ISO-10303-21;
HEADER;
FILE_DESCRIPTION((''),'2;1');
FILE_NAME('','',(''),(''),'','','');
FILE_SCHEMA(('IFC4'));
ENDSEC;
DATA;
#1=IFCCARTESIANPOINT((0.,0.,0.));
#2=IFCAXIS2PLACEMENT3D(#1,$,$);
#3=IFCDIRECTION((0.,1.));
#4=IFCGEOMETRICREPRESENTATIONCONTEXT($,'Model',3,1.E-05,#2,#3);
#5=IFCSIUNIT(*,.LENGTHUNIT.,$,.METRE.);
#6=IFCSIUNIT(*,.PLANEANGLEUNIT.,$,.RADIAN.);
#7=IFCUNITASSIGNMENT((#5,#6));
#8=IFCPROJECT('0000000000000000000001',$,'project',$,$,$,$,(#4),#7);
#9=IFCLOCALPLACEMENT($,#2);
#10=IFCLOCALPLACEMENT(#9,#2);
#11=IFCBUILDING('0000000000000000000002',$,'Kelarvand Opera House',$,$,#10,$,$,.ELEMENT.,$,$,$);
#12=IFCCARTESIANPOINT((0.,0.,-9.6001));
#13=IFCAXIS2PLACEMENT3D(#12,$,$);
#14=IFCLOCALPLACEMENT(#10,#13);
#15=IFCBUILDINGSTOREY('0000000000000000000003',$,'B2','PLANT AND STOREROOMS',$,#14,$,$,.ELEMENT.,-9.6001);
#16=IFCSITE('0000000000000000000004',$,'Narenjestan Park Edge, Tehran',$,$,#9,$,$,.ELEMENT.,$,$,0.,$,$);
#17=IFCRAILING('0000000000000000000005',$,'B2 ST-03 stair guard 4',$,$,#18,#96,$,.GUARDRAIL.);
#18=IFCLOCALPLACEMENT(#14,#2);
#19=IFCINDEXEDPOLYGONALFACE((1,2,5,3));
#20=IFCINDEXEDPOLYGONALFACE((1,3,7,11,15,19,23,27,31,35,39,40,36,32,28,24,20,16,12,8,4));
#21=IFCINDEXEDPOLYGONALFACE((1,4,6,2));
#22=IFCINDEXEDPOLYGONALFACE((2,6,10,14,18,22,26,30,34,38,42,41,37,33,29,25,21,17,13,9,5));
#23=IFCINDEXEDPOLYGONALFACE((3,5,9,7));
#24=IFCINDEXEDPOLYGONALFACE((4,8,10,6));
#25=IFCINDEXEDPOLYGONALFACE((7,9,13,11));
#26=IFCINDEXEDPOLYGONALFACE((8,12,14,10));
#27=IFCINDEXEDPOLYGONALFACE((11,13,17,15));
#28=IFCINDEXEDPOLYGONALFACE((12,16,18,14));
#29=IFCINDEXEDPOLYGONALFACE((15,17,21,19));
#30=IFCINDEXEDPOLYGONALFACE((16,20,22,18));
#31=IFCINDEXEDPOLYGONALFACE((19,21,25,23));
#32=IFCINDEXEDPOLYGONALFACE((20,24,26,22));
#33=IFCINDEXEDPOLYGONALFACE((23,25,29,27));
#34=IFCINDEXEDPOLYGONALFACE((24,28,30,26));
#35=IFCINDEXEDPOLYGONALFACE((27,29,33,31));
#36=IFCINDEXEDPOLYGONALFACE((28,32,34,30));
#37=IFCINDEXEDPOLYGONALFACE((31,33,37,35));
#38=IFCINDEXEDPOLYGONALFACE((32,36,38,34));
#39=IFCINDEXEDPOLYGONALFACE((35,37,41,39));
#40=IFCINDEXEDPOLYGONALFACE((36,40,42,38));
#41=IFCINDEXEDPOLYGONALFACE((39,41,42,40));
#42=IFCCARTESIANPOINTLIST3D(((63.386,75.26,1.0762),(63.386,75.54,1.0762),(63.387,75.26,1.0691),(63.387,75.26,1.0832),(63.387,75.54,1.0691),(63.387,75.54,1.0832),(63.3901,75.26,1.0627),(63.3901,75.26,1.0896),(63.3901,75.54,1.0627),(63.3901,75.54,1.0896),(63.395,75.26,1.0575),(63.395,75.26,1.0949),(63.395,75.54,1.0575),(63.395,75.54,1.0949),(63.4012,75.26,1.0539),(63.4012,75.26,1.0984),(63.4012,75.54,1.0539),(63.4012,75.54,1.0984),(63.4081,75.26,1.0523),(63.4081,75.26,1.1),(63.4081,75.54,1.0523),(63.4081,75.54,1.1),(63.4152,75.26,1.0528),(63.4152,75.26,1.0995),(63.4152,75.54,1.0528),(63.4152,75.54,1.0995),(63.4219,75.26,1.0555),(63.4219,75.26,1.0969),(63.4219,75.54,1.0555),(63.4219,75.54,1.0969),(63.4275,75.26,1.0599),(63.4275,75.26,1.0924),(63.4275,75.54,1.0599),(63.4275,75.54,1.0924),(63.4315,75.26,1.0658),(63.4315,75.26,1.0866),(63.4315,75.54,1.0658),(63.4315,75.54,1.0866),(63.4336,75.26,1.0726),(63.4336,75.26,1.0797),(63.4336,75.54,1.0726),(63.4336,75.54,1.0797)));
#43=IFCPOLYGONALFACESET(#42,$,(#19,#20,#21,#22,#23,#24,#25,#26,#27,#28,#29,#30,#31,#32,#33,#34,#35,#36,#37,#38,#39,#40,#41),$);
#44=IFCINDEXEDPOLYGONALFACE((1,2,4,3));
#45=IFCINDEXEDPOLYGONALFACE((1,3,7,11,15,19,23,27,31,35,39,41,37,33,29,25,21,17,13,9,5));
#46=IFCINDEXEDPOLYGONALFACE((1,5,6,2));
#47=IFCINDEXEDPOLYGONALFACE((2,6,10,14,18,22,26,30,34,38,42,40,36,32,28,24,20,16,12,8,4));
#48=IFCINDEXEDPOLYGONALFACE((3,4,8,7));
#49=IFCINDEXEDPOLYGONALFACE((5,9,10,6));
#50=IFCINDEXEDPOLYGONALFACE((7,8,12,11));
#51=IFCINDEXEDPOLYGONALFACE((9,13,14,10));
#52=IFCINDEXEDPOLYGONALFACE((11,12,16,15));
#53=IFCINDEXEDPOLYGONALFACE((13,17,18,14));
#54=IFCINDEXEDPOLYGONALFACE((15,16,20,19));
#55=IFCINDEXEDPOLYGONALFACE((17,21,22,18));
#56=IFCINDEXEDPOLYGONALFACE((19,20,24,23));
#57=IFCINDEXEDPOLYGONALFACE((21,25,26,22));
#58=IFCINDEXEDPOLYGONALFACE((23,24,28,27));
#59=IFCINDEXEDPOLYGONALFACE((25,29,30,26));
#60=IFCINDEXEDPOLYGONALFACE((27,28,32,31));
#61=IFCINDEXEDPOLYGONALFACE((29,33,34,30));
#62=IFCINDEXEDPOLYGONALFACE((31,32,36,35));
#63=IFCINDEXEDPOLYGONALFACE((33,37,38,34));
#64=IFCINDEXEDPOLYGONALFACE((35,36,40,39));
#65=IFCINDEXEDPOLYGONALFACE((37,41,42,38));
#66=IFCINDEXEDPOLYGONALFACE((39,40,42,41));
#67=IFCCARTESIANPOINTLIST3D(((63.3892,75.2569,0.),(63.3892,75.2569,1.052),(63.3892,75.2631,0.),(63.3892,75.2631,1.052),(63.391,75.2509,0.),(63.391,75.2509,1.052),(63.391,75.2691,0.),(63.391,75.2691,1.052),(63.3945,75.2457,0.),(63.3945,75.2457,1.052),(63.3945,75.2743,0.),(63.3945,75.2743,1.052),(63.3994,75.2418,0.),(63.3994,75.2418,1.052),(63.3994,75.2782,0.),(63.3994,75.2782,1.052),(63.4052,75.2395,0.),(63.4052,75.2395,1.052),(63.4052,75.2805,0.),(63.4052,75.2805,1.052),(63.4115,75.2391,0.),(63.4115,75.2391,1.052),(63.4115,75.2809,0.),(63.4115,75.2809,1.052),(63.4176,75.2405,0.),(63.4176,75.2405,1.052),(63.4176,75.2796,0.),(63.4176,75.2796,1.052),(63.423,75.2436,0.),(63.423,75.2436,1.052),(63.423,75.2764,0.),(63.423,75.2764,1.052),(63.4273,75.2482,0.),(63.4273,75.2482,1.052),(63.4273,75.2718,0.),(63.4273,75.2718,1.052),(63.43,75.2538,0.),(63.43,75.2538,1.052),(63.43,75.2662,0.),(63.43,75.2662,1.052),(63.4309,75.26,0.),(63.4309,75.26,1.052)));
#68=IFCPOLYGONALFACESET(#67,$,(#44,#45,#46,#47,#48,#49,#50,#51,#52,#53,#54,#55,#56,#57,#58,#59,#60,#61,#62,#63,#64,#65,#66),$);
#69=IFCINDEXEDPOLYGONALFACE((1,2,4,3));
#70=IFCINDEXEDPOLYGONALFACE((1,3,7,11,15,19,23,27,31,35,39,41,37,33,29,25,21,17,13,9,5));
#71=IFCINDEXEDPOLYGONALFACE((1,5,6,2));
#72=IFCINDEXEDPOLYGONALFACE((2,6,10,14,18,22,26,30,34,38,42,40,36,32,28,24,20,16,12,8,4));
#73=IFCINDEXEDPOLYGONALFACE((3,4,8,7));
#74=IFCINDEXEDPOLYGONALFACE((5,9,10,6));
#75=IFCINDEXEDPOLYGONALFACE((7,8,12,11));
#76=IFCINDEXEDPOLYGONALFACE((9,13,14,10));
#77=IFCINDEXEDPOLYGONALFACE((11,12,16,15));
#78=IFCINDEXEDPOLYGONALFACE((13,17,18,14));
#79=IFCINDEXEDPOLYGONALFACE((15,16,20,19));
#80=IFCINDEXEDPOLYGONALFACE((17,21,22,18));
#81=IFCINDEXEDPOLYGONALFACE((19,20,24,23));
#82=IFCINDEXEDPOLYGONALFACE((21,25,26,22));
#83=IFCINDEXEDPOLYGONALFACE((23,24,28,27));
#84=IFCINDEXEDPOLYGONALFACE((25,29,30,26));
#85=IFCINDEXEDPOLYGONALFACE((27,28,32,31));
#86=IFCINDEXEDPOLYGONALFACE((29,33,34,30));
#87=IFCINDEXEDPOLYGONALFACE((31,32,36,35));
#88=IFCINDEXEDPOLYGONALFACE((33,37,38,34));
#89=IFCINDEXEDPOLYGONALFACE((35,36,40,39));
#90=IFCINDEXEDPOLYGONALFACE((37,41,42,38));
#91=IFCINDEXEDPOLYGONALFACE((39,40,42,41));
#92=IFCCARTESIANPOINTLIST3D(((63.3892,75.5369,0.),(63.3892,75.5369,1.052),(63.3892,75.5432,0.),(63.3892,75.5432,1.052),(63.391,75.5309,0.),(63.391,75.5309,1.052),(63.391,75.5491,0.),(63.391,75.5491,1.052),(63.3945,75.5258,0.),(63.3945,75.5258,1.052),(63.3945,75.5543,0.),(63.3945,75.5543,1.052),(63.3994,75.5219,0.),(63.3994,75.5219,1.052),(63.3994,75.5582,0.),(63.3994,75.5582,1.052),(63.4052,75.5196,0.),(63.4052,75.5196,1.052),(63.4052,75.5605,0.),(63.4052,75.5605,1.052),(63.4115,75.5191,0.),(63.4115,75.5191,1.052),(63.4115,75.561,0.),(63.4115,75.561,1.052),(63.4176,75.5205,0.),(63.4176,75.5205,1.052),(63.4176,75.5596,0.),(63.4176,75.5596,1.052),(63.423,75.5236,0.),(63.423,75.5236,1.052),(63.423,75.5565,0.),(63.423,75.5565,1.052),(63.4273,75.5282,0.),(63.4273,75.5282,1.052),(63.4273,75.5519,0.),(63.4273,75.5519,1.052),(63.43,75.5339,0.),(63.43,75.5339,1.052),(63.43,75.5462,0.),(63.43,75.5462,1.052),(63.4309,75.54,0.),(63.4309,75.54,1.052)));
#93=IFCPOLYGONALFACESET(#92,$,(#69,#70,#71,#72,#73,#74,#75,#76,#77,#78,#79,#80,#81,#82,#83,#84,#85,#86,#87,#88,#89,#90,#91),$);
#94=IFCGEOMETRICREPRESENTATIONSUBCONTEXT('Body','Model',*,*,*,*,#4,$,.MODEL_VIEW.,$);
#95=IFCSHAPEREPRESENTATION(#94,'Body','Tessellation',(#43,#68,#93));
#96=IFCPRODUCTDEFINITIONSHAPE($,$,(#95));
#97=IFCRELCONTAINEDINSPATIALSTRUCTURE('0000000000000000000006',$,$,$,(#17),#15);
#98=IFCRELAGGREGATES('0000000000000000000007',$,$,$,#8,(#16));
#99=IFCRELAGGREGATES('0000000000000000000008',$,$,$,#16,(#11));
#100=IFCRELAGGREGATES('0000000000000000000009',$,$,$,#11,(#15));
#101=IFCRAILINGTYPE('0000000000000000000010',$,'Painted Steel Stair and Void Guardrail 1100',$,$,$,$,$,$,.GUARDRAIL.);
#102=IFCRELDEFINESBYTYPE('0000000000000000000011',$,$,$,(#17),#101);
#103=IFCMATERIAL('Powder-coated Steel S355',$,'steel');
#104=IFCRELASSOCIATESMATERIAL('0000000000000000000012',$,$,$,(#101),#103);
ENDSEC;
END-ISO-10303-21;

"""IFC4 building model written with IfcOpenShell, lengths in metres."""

from ifc_helpers import new_model, si_unit, direction, frame, origin, origin_2d, place, context, subcontext, project, spatial, circle, extrude, material, type_object, element, save


model = new_model("IFC4")

# Units and contexts
model_context = context("Model", 3, precision=1e-05, world=origin(), true_north=direction((0.0, 1.0)))
body_context = subcontext(model_context, "Body", "Model", "MODEL_VIEW")
ifc_project = project(units=[si_unit("LENGTHUNIT", "METRE"), si_unit("PLANEANGLEUNIT", "RADIAN")], contexts=[model_context])

# Site, building, storey
site_placement = place(None, origin())
site = spatial("IfcSite", under=ifc_project, at=site_placement, Name="Narenjestan Park Edge, Tehran", CompositionType="ELEMENT", RefElevation=0.0)
building_placement = place(site_placement, origin())
building = spatial("IfcBuilding", under=site, at=building_placement, Name="Kelarvand Opera House", CompositionType="ELEMENT")
storey_placement = place(building_placement, frame((0.0, 0.0, -9.6001)))
storey = spatial("IfcBuildingStorey", under=building, at=storey_placement, Name="B2", Description="PLANT AND STOREROOMS", CompositionType="ELEMENT", Elevation=-9.6001)

# Railing
ifc_material_1 = material(Name="Powder-coated Steel S355", Category="steel")
railing_type_1 = type_object("IfcRailingType", Name="Painted Steel Stair and Void Guardrail 1100", PredefinedType="GUARDRAIL", material=ifc_material_1)
railing_1_placement = place(storey_placement, frame((63.4099, 75.26, 0.0)))
element("IfcRailing", 1, at=railing_1_placement, inside=storey, type_object=railing_type_1, Name="B2 ST-03 stair guard 4", PredefinedType="GUARDRAIL", context=body_context, shape_type="SweptSolid", body=[
    extrude(circle(Radius=0.0239, at=origin_2d()), frame((0.0, 0.0, 1.0762), z_axis=(0.0, 1.0, 0.0), x_axis=(-1.0, 0.0, 0.0)), (0.0, 0.0, 1.0), 0.28),
    extrude(circle(Radius=0.021, at=origin_2d()), origin(), (0.0, 0.0, 1.0), 1.052),
    extrude(circle(Radius=0.021, at=origin_2d()), frame((0.0, 0.28, 0.0)), (0.0, 0.0, 1.0), 1.052),
])

save(model, "model.ifc")
